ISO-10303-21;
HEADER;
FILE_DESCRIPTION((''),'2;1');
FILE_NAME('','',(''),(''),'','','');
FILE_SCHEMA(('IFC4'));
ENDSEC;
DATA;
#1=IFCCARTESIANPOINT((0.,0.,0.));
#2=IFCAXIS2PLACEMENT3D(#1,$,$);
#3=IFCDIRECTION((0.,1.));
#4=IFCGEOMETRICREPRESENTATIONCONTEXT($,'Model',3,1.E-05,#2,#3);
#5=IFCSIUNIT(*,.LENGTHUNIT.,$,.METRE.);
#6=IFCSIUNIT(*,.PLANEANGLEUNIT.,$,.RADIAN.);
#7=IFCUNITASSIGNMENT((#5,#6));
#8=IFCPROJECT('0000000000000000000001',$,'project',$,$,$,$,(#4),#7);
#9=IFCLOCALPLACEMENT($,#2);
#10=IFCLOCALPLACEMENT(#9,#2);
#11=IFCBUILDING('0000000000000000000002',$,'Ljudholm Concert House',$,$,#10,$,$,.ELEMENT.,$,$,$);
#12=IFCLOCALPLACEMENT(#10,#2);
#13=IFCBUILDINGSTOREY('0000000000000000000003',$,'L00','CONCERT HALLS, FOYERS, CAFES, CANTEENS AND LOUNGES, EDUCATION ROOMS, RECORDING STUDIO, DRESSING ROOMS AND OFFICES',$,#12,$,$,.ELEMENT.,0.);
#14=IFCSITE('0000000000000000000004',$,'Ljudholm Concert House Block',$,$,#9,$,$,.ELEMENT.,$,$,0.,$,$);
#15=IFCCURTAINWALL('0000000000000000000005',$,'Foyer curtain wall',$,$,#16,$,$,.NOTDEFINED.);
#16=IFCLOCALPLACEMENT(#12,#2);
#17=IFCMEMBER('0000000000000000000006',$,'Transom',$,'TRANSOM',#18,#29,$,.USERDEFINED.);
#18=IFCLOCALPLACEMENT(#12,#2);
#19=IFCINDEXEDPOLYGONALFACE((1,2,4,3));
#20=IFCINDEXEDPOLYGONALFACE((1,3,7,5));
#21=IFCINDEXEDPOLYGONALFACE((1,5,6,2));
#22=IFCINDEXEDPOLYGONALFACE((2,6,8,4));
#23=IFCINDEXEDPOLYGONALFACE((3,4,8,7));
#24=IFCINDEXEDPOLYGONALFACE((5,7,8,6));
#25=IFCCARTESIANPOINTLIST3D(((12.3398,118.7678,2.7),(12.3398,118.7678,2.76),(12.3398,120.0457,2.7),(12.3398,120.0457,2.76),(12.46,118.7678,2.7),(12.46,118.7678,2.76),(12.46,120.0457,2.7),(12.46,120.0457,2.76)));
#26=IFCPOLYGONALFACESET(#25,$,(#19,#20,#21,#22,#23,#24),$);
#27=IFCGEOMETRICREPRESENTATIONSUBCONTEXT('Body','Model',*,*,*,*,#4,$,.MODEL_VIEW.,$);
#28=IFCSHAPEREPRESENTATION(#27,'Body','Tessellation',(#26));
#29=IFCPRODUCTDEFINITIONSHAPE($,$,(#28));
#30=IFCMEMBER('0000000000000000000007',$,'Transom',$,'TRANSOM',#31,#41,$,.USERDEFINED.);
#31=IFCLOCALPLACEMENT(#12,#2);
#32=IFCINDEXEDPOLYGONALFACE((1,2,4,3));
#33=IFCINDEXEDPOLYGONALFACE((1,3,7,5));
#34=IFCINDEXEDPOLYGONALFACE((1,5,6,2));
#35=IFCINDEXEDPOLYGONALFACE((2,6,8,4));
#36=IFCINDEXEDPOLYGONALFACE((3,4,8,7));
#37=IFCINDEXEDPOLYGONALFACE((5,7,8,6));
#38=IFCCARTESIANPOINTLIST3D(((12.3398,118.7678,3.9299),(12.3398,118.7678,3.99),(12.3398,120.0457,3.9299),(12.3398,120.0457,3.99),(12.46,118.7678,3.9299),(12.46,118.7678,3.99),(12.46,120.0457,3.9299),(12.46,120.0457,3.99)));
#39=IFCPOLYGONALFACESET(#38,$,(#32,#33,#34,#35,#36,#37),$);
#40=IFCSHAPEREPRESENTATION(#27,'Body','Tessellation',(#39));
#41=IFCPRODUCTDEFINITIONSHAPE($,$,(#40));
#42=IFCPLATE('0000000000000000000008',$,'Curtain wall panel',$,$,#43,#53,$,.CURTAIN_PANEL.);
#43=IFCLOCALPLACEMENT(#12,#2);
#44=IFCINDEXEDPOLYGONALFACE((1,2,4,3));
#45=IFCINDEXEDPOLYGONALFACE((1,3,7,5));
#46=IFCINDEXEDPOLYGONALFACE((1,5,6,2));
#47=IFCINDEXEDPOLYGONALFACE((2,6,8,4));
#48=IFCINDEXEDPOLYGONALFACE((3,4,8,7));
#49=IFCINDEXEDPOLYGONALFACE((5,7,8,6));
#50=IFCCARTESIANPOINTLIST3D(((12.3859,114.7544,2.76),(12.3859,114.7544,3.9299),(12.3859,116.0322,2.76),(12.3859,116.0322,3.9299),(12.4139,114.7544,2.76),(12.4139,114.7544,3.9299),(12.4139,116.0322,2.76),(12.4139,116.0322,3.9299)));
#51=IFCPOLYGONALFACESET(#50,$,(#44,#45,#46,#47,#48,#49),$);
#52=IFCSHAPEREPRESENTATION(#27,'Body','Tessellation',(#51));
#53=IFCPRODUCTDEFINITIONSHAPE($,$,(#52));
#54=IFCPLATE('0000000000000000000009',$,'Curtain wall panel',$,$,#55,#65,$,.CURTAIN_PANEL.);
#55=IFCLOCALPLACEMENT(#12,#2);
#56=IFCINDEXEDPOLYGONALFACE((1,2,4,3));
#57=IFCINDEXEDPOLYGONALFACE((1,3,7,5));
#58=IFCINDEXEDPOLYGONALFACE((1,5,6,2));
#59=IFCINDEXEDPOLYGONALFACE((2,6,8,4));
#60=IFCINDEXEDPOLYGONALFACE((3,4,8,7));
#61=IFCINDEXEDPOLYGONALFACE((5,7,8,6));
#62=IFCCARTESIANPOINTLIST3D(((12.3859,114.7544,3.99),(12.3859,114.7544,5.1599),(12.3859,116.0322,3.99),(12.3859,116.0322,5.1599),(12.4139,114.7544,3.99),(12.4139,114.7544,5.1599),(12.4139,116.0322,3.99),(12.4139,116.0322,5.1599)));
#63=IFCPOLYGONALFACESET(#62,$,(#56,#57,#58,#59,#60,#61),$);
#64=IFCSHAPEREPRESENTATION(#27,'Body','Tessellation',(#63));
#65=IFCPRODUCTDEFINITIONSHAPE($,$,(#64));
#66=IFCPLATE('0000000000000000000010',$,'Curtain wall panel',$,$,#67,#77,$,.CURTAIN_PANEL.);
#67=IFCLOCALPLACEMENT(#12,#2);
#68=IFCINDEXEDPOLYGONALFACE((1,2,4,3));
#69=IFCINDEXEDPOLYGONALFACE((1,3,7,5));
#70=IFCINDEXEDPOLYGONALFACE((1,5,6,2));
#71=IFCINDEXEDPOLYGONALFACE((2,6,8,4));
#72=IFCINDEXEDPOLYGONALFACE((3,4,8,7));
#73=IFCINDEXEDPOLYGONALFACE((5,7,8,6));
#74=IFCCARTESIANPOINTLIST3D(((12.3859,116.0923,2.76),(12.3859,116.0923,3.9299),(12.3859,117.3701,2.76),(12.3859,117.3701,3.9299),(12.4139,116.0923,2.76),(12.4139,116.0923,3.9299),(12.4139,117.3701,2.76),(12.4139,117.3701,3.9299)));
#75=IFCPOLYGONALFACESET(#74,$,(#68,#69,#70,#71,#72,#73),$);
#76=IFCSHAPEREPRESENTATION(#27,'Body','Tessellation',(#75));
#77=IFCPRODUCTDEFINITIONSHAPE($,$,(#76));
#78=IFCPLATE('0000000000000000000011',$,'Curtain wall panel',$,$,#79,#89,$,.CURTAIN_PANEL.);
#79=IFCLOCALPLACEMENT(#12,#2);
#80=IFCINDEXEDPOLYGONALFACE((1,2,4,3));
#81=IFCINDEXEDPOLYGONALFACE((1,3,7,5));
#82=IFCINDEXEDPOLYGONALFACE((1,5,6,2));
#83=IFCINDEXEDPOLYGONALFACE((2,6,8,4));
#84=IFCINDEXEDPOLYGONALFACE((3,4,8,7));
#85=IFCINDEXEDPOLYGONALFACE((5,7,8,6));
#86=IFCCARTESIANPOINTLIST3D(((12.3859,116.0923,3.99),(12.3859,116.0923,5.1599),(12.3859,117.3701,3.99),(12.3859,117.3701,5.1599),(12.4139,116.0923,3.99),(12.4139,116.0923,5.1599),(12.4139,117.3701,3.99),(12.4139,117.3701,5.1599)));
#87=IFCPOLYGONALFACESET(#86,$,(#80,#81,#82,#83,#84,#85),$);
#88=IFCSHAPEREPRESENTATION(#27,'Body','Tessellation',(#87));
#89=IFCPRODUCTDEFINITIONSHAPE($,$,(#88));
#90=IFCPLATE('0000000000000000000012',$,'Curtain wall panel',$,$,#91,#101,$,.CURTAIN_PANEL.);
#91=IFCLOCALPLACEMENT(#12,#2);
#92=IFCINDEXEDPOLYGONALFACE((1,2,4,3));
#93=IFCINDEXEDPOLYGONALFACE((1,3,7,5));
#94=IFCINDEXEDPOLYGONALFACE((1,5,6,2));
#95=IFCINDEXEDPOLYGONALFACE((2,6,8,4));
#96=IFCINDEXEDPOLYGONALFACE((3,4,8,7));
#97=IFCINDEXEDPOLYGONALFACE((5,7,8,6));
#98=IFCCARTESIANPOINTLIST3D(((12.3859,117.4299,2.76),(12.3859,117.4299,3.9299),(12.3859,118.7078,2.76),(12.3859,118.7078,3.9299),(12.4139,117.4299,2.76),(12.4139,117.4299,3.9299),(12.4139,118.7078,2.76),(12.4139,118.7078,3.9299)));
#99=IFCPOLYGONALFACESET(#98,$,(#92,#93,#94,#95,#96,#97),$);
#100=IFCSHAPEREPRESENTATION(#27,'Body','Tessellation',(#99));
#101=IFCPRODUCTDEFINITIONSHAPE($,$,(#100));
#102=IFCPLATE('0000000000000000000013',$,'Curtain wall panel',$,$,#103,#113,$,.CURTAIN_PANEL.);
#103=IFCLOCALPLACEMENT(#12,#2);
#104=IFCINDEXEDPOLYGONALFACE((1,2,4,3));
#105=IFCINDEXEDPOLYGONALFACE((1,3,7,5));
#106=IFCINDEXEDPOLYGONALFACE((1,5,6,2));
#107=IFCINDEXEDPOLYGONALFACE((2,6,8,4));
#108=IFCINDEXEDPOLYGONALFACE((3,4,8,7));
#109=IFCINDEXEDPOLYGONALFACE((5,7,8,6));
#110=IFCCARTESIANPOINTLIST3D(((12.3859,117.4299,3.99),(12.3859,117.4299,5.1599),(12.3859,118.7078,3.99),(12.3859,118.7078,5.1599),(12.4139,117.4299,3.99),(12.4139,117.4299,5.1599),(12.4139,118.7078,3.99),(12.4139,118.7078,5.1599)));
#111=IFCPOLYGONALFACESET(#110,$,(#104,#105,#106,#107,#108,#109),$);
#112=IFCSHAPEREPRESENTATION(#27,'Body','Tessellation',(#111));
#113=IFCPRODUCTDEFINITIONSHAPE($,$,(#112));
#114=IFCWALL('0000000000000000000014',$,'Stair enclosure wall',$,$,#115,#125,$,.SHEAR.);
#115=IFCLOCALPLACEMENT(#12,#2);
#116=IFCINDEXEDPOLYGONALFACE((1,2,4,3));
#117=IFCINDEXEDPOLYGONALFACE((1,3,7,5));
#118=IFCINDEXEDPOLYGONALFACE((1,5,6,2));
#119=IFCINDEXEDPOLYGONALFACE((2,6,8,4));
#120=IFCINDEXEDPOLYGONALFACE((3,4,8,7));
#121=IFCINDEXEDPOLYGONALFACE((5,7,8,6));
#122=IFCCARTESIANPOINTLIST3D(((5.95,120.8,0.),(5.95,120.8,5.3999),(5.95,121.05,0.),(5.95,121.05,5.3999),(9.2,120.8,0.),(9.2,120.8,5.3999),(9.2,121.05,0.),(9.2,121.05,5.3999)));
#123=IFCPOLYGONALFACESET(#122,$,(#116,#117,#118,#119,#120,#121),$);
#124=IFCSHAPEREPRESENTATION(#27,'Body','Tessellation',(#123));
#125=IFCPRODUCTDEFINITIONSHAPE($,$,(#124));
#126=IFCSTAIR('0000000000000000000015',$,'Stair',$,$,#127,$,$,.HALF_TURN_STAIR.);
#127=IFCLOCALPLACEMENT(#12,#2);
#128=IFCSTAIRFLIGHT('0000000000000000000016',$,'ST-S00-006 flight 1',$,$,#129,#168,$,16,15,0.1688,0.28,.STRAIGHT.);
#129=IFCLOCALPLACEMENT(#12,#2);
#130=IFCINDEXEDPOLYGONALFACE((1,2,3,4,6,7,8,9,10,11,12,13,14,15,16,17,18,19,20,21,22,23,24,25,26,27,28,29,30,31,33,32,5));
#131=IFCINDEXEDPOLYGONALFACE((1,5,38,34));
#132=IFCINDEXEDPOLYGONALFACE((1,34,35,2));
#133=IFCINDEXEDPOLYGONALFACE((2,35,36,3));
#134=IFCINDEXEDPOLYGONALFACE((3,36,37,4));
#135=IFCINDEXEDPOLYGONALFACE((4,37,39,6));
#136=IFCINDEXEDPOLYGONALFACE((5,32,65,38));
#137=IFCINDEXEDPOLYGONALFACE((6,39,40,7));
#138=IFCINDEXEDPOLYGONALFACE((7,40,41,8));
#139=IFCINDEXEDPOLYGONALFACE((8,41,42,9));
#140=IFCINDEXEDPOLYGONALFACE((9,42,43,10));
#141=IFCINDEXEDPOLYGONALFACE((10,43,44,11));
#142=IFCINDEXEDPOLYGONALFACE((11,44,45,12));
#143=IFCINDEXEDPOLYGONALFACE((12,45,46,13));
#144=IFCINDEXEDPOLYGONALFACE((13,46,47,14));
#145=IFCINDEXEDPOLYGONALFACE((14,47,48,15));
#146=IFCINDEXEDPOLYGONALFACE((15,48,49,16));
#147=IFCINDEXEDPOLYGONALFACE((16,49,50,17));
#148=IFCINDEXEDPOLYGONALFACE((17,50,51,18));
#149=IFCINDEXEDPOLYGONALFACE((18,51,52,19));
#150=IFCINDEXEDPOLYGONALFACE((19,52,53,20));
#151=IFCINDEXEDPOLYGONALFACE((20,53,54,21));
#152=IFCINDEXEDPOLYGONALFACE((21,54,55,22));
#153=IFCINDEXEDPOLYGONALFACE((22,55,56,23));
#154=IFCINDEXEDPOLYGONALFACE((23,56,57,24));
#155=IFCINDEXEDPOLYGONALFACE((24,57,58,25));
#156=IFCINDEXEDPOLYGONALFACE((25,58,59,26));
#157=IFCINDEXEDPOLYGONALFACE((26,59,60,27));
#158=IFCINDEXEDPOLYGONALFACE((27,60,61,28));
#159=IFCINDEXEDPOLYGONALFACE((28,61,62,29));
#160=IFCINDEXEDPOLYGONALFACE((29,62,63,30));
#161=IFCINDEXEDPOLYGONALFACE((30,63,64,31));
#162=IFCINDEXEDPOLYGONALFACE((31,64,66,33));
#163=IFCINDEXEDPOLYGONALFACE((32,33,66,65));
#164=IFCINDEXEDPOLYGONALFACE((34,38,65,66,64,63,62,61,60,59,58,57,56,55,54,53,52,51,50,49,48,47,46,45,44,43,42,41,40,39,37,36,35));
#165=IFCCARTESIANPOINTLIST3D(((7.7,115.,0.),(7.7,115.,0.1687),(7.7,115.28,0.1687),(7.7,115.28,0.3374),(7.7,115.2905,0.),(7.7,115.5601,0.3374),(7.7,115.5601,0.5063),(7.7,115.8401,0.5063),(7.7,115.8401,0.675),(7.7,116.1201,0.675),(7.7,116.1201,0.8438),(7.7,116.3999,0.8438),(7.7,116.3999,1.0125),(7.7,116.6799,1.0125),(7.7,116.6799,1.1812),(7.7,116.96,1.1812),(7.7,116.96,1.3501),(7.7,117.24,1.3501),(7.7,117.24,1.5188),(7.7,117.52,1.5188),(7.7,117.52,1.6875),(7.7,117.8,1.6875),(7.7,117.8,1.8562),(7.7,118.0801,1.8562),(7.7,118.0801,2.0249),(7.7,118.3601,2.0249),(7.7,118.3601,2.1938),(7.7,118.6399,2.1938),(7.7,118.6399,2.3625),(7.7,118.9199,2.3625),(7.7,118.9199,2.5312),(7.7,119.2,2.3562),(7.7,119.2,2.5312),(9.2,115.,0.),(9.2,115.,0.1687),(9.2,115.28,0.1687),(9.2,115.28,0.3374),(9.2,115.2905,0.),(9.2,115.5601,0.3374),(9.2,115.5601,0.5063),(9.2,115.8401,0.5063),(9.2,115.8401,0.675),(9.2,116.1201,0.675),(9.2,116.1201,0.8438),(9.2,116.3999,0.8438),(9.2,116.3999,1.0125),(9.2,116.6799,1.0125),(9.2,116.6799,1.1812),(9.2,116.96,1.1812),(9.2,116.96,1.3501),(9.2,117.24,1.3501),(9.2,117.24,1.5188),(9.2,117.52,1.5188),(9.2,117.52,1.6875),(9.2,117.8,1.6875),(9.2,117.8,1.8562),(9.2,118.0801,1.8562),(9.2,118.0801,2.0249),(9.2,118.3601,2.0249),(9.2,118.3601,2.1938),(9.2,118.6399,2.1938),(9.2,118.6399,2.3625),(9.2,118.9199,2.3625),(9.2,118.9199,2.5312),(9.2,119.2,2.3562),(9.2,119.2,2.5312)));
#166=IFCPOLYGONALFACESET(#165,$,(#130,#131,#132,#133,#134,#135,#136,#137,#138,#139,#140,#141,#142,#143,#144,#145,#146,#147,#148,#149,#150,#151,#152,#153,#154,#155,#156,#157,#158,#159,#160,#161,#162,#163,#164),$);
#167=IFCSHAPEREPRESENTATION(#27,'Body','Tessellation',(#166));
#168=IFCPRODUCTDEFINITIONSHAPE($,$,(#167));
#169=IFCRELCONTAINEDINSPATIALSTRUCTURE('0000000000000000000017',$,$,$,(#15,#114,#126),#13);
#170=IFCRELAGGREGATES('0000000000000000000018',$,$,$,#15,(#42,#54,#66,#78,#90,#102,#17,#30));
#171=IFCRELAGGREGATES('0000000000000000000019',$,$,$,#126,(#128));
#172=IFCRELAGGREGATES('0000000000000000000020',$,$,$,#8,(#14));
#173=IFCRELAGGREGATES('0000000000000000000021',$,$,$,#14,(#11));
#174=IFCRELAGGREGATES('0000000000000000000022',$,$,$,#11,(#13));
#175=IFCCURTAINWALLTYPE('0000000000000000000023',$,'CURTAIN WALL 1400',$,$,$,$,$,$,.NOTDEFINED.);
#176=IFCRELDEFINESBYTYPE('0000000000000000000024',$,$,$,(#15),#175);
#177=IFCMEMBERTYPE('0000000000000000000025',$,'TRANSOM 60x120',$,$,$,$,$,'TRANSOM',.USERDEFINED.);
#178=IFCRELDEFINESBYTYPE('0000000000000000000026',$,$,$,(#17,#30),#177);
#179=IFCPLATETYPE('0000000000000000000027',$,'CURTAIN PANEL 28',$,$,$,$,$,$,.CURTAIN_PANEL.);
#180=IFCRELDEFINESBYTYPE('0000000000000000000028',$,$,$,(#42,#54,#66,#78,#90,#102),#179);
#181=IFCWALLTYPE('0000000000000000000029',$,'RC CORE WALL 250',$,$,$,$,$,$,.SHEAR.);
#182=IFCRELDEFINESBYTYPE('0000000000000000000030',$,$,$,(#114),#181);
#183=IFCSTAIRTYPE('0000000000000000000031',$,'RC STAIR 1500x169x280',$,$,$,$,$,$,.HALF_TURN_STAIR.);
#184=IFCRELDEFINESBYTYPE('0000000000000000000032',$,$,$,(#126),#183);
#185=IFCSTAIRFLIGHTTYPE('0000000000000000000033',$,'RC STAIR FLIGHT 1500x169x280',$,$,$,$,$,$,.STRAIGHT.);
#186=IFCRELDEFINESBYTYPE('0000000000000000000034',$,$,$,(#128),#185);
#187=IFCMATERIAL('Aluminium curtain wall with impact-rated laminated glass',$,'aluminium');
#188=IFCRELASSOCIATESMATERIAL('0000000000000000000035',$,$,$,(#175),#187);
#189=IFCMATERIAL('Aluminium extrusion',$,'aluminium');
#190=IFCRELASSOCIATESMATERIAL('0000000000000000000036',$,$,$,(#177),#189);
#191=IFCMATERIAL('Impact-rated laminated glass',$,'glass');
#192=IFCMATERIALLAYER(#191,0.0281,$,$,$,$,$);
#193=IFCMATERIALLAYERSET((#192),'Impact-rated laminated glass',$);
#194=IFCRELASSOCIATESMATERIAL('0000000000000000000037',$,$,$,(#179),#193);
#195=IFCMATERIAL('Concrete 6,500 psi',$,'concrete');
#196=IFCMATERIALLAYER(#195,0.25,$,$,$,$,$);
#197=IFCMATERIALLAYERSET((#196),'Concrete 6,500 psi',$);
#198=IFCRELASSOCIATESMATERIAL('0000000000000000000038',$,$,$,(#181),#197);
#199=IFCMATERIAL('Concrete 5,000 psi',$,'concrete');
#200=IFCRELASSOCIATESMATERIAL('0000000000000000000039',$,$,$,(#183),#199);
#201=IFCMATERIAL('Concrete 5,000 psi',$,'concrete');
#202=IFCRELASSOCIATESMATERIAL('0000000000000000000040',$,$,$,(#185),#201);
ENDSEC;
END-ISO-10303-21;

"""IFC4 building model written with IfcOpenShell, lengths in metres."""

from ifc_helpers import new_model, si_unit, direction, frame, frame_2d, origin, origin_2d, place, context, subcontext, project, spatial, polyline, rectangle, outline, extrude, material, layer, layer_set, material_profile, profile_set, type_object, element, aggregate, save


model = new_model("IFC4")

# Units and contexts
model_context = context("Model", 3, precision=1e-05, world=origin(), true_north=direction((0.0, 1.0)))
body_context = subcontext(model_context, "Body", "Model", "MODEL_VIEW")
ifc_project = project(units=[si_unit("LENGTHUNIT", "METRE"), si_unit("PLANEANGLEUNIT", "RADIAN")], contexts=[model_context])

# Site, building, storey
site_placement = place(None, origin())
site = spatial("IfcSite", under=ifc_project, at=site_placement, Name="Ljudholm Concert House Block", CompositionType="ELEMENT", RefElevation=0.0)
building_placement = place(site_placement, origin())
building = spatial("IfcBuilding", under=site, at=building_placement, Name="Ljudholm Concert House", CompositionType="ELEMENT")
storey_placement = place(building_placement, origin())
storey = spatial("IfcBuildingStorey", under=building, at=storey_placement, Name="L00", Description="CONCERT HALLS, FOYERS, CAFES, CANTEENS AND LOUNGES, EDUCATION ROOMS, RECORDING STUDIO, DRESSING ROOMS AND OFFICES", CompositionType="ELEMENT", Elevation=0.0)

# Curtain wall, members, plates
ifc_material_1 = material(Name="Aluminium curtain wall with impact-rated laminated glass", Category="aluminium")
curtain_wall_type = type_object("IfcCurtainWallType", Name="CURTAIN WALL 1400", PredefinedType="NOTDEFINED", material=ifc_material_1)
curtain_wall_placement = place(storey_placement, origin())
curtain_wall = element("IfcCurtainWall", 1, at=curtain_wall_placement, inside=storey, type_object=curtain_wall_type, Name="Foyer curtain wall", PredefinedType="NOTDEFINED")
ifc_material_2 = material(Name="Aluminium extrusion", Category="aluminium")
ifc_material_profile_1 = material_profile(ifc_material_2, rectangle(XDim=0.1201, YDim=0.0601, at=origin_2d()), Name="TRANSOM 60x120")
ifc_profile_set_1 = profile_set([ifc_material_profile_1], Name="Aluminium extrusion")
member_type_1 = type_object("IfcMemberType", Name="TRANSOM 60x120", ElementType="TRANSOM", PredefinedType="USERDEFINED", material=ifc_profile_set_1)
member_1_placement = place(storey_placement, frame((12.3999, 118.7678, 2.73), z_axis=(0.0, 1.0, 0.0), x_axis=(-1.0, 0.0, 0.0)))
member_1 = element("IfcMember", 2, at=member_1_placement, type_object=member_type_1, Name="Transom", ObjectType="TRANSOM", PredefinedType="USERDEFINED", context=body_context, shape_type="SweptSolid", body=[
    extrude(rectangle(XDim=0.1201, YDim=0.0601, at=origin_2d()), origin(), (0.0, 0.0, 1.0), 1.2778),
])
member_2_placement = place(storey_placement, frame((12.3999, 118.7678, 3.96), z_axis=(0.0, 1.0, 0.0), x_axis=(-1.0, 0.0, 0.0)))
member_2 = element("IfcMember", 3, at=member_2_placement, type_object=member_type_1, Name="Transom", ObjectType="TRANSOM", PredefinedType="USERDEFINED", context=body_context, shape_type="SweptSolid", body=[
    extrude(rectangle(XDim=0.1201, YDim=0.0601, at=origin_2d()), origin(), (0.0, 0.0, 1.0), 1.2778),
])
ifc_material_3 = material(Name="Impact-rated laminated glass", Category="glass")
ifc_layer_1 = layer(ifc_material_3, 0.0281)
ifc_layer_set_1 = layer_set([ifc_layer_1], Name="Impact-rated laminated glass")
plate_type = type_object("IfcPlateType", Name="CURTAIN PANEL 28", PredefinedType="CURTAIN_PANEL", material=ifc_layer_set_1)
plate_1_placement = place(storey_placement, frame((12.3999, 115.3933, 2.76), z_axis=(0.0, 0.0, 1.0), x_axis=(0.0, 1.0, 0.0)))
plate_1 = element("IfcPlate", 4, at=plate_1_placement, type_object=plate_type, Name="Curtain wall panel", PredefinedType="CURTAIN_PANEL", context=body_context, shape_type="SweptSolid", body=[
    extrude(rectangle(XDim=1.2778, YDim=0.0281, at=origin_2d()), origin(), (0.0, 0.0, 1.0), 1.1699),
])
plate_2_placement = place(storey_placement, frame((12.3999, 115.3933, 3.99), z_axis=(0.0, 0.0, 1.0), x_axis=(0.0, 1.0, 0.0)))
plate_2 = element("IfcPlate", 5, at=plate_2_placement, type_object=plate_type, Name="Curtain wall panel", PredefinedType="CURTAIN_PANEL", context=body_context, shape_type="SweptSolid", body=[
    extrude(rectangle(XDim=1.2778, YDim=0.0281, at=origin_2d()), origin(), (0.0, 0.0, 1.0), 1.1699),
])
plate_3_placement = place(storey_placement, frame((12.3999, 116.7312, 2.76), z_axis=(0.0, 0.0, 1.0), x_axis=(0.0, 1.0, 0.0)))
plate_3 = element("IfcPlate", 6, at=plate_3_placement, type_object=plate_type, Name="Curtain wall panel", PredefinedType="CURTAIN_PANEL", context=body_context, shape_type="SweptSolid", body=[
    extrude(rectangle(XDim=1.2778, YDim=0.0281, at=origin_2d()), origin(), (0.0, 0.0, 1.0), 1.1699),
])
plate_4_placement = place(storey_placement, frame((12.3999, 116.7312, 3.99), z_axis=(0.0, 0.0, 1.0), x_axis=(0.0, 1.0, 0.0)))
plate_4 = element("IfcPlate", 7, at=plate_4_placement, type_object=plate_type, Name="Curtain wall panel", PredefinedType="CURTAIN_PANEL", context=body_context, shape_type="SweptSolid", body=[
    extrude(rectangle(XDim=1.2778, YDim=0.0281, at=origin_2d()), origin(), (0.0, 0.0, 1.0), 1.1699),
])
plate_5_placement = place(storey_placement, frame((12.3999, 118.0688, 2.76), z_axis=(0.0, 0.0, 1.0), x_axis=(0.0, 1.0, 0.0)))
plate_5 = element("IfcPlate", 8, at=plate_5_placement, type_object=plate_type, Name="Curtain wall panel", PredefinedType="CURTAIN_PANEL", context=body_context, shape_type="SweptSolid", body=[
    extrude(rectangle(XDim=1.2778, YDim=0.0281, at=origin_2d()), origin(), (0.0, 0.0, 1.0), 1.1699),
])
plate_6_placement = place(storey_placement, frame((12.3999, 118.0688, 3.99), z_axis=(0.0, 0.0, 1.0), x_axis=(0.0, 1.0, 0.0)))
plate_6 = element("IfcPlate", 9, at=plate_6_placement, type_object=plate_type, Name="Curtain wall panel", PredefinedType="CURTAIN_PANEL", context=body_context, shape_type="SweptSolid", body=[
    extrude(rectangle(XDim=1.2778, YDim=0.0281, at=origin_2d()), origin(), (0.0, 0.0, 1.0), 1.1699),
])
aggregate(curtain_wall, [plate_1, plate_2, plate_3, plate_4, plate_5, plate_6, member_1, member_2])

# Wall
ifc_material_4 = material(Name="Concrete 6,500 psi", Category="concrete")
ifc_layer_2 = layer(ifc_material_4, 0.25)
ifc_layer_set_2 = layer_set([ifc_layer_2], Name="Concrete 6,500 psi")
wall_type = type_object("IfcWallType", Name="RC CORE WALL 250", PredefinedType="SHEAR", material=ifc_layer_set_2)
wall_placement = place(storey_placement, frame((5.95, 120.925, 0.0), z_axis=(0.0, 0.0, 1.0), x_axis=(1.0, 0.0, 0.0)))
element("IfcWall", 10, at=wall_placement, inside=storey, type_object=wall_type, Name="Stair enclosure wall", PredefinedType="SHEAR", context=body_context, shape_type="SweptSolid", body=[
    extrude(rectangle(XDim=3.25, YDim=0.25, at=frame_2d((1.625, 0.0))), origin(), (0.0, 0.0, 1.0), 5.3999),
])

# Stair, stair flight
ifc_material_5 = material(Name="Concrete 5,000 psi", Category="concrete")
stair_type = type_object("IfcStairType", Name="RC STAIR 1500x169x280", PredefinedType="HALF_TURN_STAIR", material=ifc_material_5)
stair_placement = place(storey_placement, origin())
stair = element("IfcStair", 11, at=stair_placement, inside=storey, type_object=stair_type, Name="Stair", PredefinedType="HALF_TURN_STAIR")
ifc_material_6 = material(Name="Concrete 5,000 psi", Category="concrete")
stair_flight_type = type_object("IfcStairFlightType", Name="RC STAIR FLIGHT 1500x169x280", PredefinedType="STRAIGHT", material=ifc_material_6)
stair_flight_1_placement = place(storey_placement, frame((8.45, 115.0, 0.0), z_axis=(0.0, 0.0, 1.0), x_axis=(0.0, 1.0, 0.0)))
stair_flight_1 = element("IfcStairFlight", 12, at=stair_flight_1_placement, type_object=stair_flight_type, Name="ST-S00-006 flight 1", NumberOfRisers=16, NumberOfTreads=15, PredefinedType="STRAIGHT", RiserHeight=0.1688, TreadLength=0.28, context=body_context, shape_type="SweptSolid", body=[
    extrude(outline(polyline([(0.0, 0.0), (0.0, 0.1687), (0.28, 0.1687), (0.28, 0.3374), (0.5601, 0.3374), (0.5601, 0.5063), (0.8401, 0.5063), (0.8401, 0.675), (1.1201, 0.675), (1.1201, 0.8438), (1.3999, 0.8438), (1.3999, 1.0125), (1.6799, 1.0125), (1.6799, 1.1812), (1.96, 1.1812), (1.96, 1.3501), (2.24, 1.3501), (2.24, 1.5188), (2.52, 1.5188), (2.52, 1.6875), (2.8, 1.6875), (2.8, 1.8562), (3.0801, 1.8562), (3.0801, 2.0249), (3.3601, 2.0249), (3.3601, 2.1938), (3.6399, 2.1938), (3.6399, 2.3625), (3.9199, 2.3625), (3.9199, 2.5312), (4.2, 2.5312), (4.2, 2.7), (4.2, 2.3562), (0.2905, 0.0), (0.0, 0.0)])), frame((0.0, 0.75, 0.0), z_axis=(0.0, -1.0, 0.0), x_axis=(1.0, 0.0, 0.0)), (0.0, 0.0, 1.0), 1.5),
])
aggregate(stair, [stair_flight_1])

save(model, "model.ifc")
